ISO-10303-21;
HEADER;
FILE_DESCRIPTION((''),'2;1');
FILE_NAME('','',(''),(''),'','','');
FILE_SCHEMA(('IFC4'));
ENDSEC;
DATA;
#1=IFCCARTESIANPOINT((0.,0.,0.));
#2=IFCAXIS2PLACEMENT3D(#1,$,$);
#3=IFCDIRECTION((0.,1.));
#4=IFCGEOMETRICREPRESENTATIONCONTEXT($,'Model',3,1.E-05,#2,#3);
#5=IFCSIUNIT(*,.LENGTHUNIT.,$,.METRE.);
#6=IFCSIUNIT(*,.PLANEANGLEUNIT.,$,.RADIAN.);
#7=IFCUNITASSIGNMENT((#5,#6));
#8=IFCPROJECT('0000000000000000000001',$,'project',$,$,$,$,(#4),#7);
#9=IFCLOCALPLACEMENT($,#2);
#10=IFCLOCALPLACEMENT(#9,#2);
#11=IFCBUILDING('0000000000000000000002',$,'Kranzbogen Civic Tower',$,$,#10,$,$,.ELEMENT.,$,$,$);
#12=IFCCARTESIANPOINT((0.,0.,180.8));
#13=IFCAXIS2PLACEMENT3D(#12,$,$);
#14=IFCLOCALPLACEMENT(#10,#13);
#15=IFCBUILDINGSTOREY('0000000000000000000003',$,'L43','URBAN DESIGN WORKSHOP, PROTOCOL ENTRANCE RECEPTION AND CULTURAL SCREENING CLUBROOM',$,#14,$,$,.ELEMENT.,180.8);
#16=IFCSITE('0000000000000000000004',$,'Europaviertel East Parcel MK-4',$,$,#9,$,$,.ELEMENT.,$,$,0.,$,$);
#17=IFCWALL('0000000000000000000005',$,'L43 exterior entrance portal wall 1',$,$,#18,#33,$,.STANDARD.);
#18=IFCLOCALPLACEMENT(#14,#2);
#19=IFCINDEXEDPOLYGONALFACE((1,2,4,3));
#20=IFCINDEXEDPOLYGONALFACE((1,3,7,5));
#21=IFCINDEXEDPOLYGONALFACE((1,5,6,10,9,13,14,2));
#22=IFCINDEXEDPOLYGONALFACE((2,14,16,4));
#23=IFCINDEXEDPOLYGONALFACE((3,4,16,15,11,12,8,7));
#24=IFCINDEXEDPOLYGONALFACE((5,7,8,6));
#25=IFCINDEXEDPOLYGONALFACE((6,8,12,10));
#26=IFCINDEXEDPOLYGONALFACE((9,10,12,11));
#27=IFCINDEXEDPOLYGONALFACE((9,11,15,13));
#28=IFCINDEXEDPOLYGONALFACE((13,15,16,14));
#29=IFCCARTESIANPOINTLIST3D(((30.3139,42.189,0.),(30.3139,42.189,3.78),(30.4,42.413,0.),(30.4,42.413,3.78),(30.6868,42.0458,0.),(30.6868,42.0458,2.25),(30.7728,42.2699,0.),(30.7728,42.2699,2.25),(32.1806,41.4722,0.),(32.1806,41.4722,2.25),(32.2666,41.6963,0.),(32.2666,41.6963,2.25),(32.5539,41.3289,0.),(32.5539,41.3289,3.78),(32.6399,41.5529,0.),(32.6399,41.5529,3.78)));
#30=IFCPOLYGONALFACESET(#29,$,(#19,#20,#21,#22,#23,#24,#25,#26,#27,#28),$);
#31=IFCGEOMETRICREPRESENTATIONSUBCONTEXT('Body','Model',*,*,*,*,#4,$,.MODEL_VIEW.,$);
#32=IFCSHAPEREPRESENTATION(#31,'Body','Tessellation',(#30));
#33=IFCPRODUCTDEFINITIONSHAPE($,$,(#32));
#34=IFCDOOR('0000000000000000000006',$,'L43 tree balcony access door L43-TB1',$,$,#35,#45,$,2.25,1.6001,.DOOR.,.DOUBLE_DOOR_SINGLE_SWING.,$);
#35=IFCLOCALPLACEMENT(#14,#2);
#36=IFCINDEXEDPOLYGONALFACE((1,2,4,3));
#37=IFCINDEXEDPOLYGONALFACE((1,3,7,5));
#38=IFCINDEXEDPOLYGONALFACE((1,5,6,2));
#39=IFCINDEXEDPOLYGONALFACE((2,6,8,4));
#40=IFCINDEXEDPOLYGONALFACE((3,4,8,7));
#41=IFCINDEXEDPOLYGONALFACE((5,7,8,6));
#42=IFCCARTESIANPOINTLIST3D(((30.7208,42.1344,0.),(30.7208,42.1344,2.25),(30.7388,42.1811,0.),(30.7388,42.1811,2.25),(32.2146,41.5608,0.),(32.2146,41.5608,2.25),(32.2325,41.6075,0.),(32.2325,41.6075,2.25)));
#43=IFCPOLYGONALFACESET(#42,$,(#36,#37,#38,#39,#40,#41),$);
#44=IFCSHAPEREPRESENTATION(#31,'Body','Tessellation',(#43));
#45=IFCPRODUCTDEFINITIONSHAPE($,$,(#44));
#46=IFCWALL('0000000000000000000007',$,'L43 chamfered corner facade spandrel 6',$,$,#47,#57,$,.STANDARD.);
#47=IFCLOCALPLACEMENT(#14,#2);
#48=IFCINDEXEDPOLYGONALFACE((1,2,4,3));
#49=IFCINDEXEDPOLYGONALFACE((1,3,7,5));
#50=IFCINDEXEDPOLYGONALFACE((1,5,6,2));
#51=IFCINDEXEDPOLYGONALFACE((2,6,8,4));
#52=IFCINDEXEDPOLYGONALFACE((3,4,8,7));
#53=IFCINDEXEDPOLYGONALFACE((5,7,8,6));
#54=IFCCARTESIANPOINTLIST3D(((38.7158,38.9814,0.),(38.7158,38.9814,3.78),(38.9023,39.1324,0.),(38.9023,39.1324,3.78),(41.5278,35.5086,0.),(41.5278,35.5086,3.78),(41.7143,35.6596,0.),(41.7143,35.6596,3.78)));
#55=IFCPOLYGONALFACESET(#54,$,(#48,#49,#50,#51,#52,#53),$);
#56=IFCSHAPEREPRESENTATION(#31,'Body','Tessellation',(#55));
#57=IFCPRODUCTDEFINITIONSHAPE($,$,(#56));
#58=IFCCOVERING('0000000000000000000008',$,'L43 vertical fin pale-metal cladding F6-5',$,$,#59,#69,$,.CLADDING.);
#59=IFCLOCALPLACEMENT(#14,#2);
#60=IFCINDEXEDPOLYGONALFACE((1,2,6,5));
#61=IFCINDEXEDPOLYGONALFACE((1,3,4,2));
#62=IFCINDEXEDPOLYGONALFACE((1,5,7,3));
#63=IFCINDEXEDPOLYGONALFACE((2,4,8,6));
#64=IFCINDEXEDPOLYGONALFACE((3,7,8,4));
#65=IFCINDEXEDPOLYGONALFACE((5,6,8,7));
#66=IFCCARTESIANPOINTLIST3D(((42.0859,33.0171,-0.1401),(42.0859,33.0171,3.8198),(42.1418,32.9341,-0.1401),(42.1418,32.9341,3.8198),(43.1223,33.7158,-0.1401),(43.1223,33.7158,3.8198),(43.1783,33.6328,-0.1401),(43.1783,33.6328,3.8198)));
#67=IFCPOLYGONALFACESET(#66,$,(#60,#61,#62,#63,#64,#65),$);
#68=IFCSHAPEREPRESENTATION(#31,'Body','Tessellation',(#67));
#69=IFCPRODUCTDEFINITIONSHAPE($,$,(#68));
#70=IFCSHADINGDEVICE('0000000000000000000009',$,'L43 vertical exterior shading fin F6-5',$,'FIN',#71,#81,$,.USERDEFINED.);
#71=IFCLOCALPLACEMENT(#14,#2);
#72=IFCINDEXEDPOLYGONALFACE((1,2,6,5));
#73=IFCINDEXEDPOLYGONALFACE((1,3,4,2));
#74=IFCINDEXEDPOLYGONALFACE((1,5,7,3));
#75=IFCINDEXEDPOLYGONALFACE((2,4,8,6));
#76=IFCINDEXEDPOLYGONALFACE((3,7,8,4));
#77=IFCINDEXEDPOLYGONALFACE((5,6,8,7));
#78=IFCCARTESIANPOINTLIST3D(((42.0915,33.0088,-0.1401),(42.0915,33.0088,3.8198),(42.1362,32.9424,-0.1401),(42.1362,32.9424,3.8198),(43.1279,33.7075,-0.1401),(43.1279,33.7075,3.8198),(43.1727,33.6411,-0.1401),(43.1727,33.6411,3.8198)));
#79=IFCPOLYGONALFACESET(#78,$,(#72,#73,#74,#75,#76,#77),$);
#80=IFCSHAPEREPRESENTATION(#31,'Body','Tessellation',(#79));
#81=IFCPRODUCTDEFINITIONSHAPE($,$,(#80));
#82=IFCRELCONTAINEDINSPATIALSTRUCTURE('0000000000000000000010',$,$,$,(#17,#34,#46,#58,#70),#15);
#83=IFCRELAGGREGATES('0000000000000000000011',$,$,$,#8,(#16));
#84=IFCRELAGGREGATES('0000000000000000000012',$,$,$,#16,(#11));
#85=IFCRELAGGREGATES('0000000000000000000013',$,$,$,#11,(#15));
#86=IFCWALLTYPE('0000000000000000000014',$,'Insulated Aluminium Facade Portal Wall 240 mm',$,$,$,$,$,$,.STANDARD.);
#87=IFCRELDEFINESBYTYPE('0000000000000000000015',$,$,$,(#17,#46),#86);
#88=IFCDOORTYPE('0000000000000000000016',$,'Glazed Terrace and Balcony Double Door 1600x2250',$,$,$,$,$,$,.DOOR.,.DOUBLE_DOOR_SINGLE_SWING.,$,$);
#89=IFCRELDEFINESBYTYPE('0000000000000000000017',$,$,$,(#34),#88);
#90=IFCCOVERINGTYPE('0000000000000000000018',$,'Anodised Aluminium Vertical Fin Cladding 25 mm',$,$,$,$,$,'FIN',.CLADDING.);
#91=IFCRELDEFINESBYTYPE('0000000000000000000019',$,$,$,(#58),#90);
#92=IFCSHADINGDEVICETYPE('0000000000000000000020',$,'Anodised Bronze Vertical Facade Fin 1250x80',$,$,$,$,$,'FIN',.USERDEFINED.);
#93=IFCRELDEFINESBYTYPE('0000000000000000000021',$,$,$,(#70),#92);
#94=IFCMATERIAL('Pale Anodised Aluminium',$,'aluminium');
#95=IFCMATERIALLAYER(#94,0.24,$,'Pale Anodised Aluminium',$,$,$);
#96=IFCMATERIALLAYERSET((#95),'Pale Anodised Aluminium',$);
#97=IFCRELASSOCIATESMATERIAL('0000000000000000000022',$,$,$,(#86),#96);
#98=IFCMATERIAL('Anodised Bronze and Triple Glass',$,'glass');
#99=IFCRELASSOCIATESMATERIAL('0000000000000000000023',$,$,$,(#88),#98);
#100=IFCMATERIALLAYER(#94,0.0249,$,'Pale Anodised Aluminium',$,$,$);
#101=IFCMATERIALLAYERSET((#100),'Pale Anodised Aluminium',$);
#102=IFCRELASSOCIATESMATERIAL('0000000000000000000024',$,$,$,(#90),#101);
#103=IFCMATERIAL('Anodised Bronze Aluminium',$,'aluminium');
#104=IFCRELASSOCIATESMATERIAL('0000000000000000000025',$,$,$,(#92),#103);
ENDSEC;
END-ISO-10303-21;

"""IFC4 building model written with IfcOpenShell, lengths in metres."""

from ifc_helpers import new_model, si_unit, direction, frame, frame_2d, origin, origin_2d, place, context, subcontext, project, spatial, rectangle, extrude, material, layer, layer_set, type_object, element, fill, save


model = new_model("IFC4")

# Units and contexts
model_context = context("Model", 3, precision=1e-05, world=origin(), true_north=direction((0.0, 1.0)))
body_context = subcontext(model_context, "Body", "Model", "MODEL_VIEW")
ifc_project = project(units=[si_unit("LENGTHUNIT", "METRE"), si_unit("PLANEANGLEUNIT", "RADIAN")], contexts=[model_context])

# Site, building, storey
site_placement = place(None, origin())
site = spatial("IfcSite", under=ifc_project, at=site_placement, Name="Europaviertel East Parcel MK-4", CompositionType="ELEMENT", RefElevation=0.0)
building_placement = place(site_placement, origin())
building = spatial("IfcBuilding", under=site, at=building_placement, Name="Kranzbogen Civic Tower", CompositionType="ELEMENT")
storey_placement = place(building_placement, frame((0.0, 0.0, 180.8)))
storey = spatial("IfcBuildingStorey", under=building, at=storey_placement, Name="L43", Description="URBAN DESIGN WORKSHOP, PROTOCOL ENTRANCE RECEPTION AND CULTURAL SCREENING CLUBROOM", CompositionType="ELEMENT", Elevation=180.8)

# Shared definitions
ifc_material_1 = material(Name="Pale Anodised Aluminium", Category="aluminium")

# Wall, opening, door
ifc_layer_1 = layer(ifc_material_1, 0.24, Name="Pale Anodised Aluminium")
ifc_layer_set_1 = layer_set([ifc_layer_1], Name="Pale Anodised Aluminium")
wall_type_1 = type_object("IfcWallType", Name="Insulated Aluminium Facade Portal Wall 240 mm", PredefinedType="STANDARD", material=ifc_layer_set_1)
wall_1_placement = place(storey_placement, frame((32.5969, 41.4409, 0.0), z_axis=(0.0, 0.0, 1.0), x_axis=(-0.933545, 0.358461, 0.0)))
wall_1 = element("IfcWall", 1, at=wall_1_placement, inside=storey, type_object=wall_type_1, Name="L43 exterior entrance portal wall 1", PredefinedType="STANDARD", context=body_context, shape_type="SweptSolid", body=[
    extrude(rectangle(XDim=2.3994, YDim=0.24, at=frame_2d((1.1997, 0.0))), origin(), (0.0, 0.0, 1.0), 3.78),
])
opening_1_placement = place(wall_1_placement, frame((0.3999, 0.0, 0.0)))
opening_1 = element("IfcOpeningElement", 2, at=opening_1_placement, cuts=wall_1, PredefinedType="OPENING", context=body_context, shape_type="SweptSolid", body=[
    extrude(rectangle(XDim=1.6001, YDim=2.25, at=frame_2d((0.8, 1.125))), frame((0.0, 0.1299, 0.0), z_axis=(0.0, -1.0, 0.0), x_axis=(1.0, 0.0, 0.0)), (0.0, 0.0, 1.0), 0.26),
])
ifc_material_2 = material(Name="Anodised Bronze and Triple Glass", Category="glass")
door_type_1 = type_object("IfcDoorType", Name="Glazed Terrace and Balcony Double Door 1600x2250", OperationType="DOUBLE_DOOR_SINGLE_SWING", PredefinedType="DOOR", material=ifc_material_2)
door_1_placement = place(opening_1_placement, frame((1.6001, 0.0, 0.0), z_axis=(0.0, 0.0, 1.0), x_axis=(-1.0, 0.0, 0.0)))
door_1 = element("IfcDoor", 3, at=door_1_placement, inside=storey, type_object=door_type_1, Name="L43 tree balcony access door L43-TB1", OperationType="DOUBLE_DOOR_SINGLE_SWING", OverallHeight=2.25, OverallWidth=1.6001, PredefinedType="DOOR", context=body_context, shape_type="SweptSolid", body=[
    extrude(rectangle(XDim=1.6001, YDim=2.25, at=frame_2d((0.8, 1.125))), frame((0.0, 0.0249, 0.0), z_axis=(0.0, -1.0, 0.0), x_axis=(1.0, 0.0, 0.0)), (0.0, 0.0, 1.0), 0.05),
])
fill(opening_1, door_1)

# Wall
wall_2_placement = place(storey_placement, frame((41.6211, 35.584, 0.0), z_axis=(0.0, 0.0, 1.0), x_axis=(-0.629282, 0.777177, 0.0)))
element("IfcWall", 4, at=wall_2_placement, inside=storey, type_object=wall_type_1, Name="L43 chamfered corner facade spandrel 6", PredefinedType="STANDARD", context=body_context, shape_type="SweptSolid", body=[
    extrude(rectangle(XDim=4.4685, YDim=0.24, at=frame_2d((2.2344, 0.0))), origin(), (0.0, 0.0, 1.0), 3.78),
])

# Covering
ifc_layer_2 = layer(ifc_material_1, 0.0249, Name="Pale Anodised Aluminium")
ifc_layer_set_2 = layer_set([ifc_layer_2], Name="Pale Anodised Aluminium")
covering_type = type_object("IfcCoveringType", Name="Anodised Aluminium Vertical Fin Cladding 25 mm", ElementType="FIN", PredefinedType="CLADDING", material=ifc_layer_set_2)
covering_placement = place(storey_placement, frame((42.6321, 33.325, -0.1401), z_axis=(0.0, 0.0, 1.0), x_axis=(0.829174, 0.55899, 0.0)))
element("IfcCovering", 5, at=covering_placement, inside=storey, type_object=covering_type, Name="L43 vertical fin pale-metal cladding F6-5", PredefinedType="CLADDING", context=body_context, shape_type="SweptSolid", body=[
    extrude(rectangle(XDim=1.25, YDim=0.1001, at=origin_2d()), origin(), (0.0, 0.0, 1.0), 3.96),
])

# Shading device
ifc_material_3 = material(Name="Anodised Bronze Aluminium", Category="aluminium")
shading_device_type = type_object("IfcShadingDeviceType", Name="Anodised Bronze Vertical Facade Fin 1250x80", ElementType="FIN", PredefinedType="USERDEFINED", material=ifc_material_3)
shading_device_placement = place(storey_placement, frame((42.6321, 33.325, -0.1401), z_axis=(0.0, 0.0, 1.0), x_axis=(0.829174, 0.55899, 0.0)))
element("IfcShadingDevice", 6, at=shading_device_placement, inside=storey, type_object=shading_device_type, Name="L43 vertical exterior shading fin F6-5", ObjectType="FIN", PredefinedType="USERDEFINED", context=body_context, shape_type="SweptSolid", body=[
    extrude(rectangle(XDim=1.25, YDim=0.0801, at=origin_2d()), origin(), (0.0, 0.0, 1.0), 3.96),
])

save(model, "model.ifc")
